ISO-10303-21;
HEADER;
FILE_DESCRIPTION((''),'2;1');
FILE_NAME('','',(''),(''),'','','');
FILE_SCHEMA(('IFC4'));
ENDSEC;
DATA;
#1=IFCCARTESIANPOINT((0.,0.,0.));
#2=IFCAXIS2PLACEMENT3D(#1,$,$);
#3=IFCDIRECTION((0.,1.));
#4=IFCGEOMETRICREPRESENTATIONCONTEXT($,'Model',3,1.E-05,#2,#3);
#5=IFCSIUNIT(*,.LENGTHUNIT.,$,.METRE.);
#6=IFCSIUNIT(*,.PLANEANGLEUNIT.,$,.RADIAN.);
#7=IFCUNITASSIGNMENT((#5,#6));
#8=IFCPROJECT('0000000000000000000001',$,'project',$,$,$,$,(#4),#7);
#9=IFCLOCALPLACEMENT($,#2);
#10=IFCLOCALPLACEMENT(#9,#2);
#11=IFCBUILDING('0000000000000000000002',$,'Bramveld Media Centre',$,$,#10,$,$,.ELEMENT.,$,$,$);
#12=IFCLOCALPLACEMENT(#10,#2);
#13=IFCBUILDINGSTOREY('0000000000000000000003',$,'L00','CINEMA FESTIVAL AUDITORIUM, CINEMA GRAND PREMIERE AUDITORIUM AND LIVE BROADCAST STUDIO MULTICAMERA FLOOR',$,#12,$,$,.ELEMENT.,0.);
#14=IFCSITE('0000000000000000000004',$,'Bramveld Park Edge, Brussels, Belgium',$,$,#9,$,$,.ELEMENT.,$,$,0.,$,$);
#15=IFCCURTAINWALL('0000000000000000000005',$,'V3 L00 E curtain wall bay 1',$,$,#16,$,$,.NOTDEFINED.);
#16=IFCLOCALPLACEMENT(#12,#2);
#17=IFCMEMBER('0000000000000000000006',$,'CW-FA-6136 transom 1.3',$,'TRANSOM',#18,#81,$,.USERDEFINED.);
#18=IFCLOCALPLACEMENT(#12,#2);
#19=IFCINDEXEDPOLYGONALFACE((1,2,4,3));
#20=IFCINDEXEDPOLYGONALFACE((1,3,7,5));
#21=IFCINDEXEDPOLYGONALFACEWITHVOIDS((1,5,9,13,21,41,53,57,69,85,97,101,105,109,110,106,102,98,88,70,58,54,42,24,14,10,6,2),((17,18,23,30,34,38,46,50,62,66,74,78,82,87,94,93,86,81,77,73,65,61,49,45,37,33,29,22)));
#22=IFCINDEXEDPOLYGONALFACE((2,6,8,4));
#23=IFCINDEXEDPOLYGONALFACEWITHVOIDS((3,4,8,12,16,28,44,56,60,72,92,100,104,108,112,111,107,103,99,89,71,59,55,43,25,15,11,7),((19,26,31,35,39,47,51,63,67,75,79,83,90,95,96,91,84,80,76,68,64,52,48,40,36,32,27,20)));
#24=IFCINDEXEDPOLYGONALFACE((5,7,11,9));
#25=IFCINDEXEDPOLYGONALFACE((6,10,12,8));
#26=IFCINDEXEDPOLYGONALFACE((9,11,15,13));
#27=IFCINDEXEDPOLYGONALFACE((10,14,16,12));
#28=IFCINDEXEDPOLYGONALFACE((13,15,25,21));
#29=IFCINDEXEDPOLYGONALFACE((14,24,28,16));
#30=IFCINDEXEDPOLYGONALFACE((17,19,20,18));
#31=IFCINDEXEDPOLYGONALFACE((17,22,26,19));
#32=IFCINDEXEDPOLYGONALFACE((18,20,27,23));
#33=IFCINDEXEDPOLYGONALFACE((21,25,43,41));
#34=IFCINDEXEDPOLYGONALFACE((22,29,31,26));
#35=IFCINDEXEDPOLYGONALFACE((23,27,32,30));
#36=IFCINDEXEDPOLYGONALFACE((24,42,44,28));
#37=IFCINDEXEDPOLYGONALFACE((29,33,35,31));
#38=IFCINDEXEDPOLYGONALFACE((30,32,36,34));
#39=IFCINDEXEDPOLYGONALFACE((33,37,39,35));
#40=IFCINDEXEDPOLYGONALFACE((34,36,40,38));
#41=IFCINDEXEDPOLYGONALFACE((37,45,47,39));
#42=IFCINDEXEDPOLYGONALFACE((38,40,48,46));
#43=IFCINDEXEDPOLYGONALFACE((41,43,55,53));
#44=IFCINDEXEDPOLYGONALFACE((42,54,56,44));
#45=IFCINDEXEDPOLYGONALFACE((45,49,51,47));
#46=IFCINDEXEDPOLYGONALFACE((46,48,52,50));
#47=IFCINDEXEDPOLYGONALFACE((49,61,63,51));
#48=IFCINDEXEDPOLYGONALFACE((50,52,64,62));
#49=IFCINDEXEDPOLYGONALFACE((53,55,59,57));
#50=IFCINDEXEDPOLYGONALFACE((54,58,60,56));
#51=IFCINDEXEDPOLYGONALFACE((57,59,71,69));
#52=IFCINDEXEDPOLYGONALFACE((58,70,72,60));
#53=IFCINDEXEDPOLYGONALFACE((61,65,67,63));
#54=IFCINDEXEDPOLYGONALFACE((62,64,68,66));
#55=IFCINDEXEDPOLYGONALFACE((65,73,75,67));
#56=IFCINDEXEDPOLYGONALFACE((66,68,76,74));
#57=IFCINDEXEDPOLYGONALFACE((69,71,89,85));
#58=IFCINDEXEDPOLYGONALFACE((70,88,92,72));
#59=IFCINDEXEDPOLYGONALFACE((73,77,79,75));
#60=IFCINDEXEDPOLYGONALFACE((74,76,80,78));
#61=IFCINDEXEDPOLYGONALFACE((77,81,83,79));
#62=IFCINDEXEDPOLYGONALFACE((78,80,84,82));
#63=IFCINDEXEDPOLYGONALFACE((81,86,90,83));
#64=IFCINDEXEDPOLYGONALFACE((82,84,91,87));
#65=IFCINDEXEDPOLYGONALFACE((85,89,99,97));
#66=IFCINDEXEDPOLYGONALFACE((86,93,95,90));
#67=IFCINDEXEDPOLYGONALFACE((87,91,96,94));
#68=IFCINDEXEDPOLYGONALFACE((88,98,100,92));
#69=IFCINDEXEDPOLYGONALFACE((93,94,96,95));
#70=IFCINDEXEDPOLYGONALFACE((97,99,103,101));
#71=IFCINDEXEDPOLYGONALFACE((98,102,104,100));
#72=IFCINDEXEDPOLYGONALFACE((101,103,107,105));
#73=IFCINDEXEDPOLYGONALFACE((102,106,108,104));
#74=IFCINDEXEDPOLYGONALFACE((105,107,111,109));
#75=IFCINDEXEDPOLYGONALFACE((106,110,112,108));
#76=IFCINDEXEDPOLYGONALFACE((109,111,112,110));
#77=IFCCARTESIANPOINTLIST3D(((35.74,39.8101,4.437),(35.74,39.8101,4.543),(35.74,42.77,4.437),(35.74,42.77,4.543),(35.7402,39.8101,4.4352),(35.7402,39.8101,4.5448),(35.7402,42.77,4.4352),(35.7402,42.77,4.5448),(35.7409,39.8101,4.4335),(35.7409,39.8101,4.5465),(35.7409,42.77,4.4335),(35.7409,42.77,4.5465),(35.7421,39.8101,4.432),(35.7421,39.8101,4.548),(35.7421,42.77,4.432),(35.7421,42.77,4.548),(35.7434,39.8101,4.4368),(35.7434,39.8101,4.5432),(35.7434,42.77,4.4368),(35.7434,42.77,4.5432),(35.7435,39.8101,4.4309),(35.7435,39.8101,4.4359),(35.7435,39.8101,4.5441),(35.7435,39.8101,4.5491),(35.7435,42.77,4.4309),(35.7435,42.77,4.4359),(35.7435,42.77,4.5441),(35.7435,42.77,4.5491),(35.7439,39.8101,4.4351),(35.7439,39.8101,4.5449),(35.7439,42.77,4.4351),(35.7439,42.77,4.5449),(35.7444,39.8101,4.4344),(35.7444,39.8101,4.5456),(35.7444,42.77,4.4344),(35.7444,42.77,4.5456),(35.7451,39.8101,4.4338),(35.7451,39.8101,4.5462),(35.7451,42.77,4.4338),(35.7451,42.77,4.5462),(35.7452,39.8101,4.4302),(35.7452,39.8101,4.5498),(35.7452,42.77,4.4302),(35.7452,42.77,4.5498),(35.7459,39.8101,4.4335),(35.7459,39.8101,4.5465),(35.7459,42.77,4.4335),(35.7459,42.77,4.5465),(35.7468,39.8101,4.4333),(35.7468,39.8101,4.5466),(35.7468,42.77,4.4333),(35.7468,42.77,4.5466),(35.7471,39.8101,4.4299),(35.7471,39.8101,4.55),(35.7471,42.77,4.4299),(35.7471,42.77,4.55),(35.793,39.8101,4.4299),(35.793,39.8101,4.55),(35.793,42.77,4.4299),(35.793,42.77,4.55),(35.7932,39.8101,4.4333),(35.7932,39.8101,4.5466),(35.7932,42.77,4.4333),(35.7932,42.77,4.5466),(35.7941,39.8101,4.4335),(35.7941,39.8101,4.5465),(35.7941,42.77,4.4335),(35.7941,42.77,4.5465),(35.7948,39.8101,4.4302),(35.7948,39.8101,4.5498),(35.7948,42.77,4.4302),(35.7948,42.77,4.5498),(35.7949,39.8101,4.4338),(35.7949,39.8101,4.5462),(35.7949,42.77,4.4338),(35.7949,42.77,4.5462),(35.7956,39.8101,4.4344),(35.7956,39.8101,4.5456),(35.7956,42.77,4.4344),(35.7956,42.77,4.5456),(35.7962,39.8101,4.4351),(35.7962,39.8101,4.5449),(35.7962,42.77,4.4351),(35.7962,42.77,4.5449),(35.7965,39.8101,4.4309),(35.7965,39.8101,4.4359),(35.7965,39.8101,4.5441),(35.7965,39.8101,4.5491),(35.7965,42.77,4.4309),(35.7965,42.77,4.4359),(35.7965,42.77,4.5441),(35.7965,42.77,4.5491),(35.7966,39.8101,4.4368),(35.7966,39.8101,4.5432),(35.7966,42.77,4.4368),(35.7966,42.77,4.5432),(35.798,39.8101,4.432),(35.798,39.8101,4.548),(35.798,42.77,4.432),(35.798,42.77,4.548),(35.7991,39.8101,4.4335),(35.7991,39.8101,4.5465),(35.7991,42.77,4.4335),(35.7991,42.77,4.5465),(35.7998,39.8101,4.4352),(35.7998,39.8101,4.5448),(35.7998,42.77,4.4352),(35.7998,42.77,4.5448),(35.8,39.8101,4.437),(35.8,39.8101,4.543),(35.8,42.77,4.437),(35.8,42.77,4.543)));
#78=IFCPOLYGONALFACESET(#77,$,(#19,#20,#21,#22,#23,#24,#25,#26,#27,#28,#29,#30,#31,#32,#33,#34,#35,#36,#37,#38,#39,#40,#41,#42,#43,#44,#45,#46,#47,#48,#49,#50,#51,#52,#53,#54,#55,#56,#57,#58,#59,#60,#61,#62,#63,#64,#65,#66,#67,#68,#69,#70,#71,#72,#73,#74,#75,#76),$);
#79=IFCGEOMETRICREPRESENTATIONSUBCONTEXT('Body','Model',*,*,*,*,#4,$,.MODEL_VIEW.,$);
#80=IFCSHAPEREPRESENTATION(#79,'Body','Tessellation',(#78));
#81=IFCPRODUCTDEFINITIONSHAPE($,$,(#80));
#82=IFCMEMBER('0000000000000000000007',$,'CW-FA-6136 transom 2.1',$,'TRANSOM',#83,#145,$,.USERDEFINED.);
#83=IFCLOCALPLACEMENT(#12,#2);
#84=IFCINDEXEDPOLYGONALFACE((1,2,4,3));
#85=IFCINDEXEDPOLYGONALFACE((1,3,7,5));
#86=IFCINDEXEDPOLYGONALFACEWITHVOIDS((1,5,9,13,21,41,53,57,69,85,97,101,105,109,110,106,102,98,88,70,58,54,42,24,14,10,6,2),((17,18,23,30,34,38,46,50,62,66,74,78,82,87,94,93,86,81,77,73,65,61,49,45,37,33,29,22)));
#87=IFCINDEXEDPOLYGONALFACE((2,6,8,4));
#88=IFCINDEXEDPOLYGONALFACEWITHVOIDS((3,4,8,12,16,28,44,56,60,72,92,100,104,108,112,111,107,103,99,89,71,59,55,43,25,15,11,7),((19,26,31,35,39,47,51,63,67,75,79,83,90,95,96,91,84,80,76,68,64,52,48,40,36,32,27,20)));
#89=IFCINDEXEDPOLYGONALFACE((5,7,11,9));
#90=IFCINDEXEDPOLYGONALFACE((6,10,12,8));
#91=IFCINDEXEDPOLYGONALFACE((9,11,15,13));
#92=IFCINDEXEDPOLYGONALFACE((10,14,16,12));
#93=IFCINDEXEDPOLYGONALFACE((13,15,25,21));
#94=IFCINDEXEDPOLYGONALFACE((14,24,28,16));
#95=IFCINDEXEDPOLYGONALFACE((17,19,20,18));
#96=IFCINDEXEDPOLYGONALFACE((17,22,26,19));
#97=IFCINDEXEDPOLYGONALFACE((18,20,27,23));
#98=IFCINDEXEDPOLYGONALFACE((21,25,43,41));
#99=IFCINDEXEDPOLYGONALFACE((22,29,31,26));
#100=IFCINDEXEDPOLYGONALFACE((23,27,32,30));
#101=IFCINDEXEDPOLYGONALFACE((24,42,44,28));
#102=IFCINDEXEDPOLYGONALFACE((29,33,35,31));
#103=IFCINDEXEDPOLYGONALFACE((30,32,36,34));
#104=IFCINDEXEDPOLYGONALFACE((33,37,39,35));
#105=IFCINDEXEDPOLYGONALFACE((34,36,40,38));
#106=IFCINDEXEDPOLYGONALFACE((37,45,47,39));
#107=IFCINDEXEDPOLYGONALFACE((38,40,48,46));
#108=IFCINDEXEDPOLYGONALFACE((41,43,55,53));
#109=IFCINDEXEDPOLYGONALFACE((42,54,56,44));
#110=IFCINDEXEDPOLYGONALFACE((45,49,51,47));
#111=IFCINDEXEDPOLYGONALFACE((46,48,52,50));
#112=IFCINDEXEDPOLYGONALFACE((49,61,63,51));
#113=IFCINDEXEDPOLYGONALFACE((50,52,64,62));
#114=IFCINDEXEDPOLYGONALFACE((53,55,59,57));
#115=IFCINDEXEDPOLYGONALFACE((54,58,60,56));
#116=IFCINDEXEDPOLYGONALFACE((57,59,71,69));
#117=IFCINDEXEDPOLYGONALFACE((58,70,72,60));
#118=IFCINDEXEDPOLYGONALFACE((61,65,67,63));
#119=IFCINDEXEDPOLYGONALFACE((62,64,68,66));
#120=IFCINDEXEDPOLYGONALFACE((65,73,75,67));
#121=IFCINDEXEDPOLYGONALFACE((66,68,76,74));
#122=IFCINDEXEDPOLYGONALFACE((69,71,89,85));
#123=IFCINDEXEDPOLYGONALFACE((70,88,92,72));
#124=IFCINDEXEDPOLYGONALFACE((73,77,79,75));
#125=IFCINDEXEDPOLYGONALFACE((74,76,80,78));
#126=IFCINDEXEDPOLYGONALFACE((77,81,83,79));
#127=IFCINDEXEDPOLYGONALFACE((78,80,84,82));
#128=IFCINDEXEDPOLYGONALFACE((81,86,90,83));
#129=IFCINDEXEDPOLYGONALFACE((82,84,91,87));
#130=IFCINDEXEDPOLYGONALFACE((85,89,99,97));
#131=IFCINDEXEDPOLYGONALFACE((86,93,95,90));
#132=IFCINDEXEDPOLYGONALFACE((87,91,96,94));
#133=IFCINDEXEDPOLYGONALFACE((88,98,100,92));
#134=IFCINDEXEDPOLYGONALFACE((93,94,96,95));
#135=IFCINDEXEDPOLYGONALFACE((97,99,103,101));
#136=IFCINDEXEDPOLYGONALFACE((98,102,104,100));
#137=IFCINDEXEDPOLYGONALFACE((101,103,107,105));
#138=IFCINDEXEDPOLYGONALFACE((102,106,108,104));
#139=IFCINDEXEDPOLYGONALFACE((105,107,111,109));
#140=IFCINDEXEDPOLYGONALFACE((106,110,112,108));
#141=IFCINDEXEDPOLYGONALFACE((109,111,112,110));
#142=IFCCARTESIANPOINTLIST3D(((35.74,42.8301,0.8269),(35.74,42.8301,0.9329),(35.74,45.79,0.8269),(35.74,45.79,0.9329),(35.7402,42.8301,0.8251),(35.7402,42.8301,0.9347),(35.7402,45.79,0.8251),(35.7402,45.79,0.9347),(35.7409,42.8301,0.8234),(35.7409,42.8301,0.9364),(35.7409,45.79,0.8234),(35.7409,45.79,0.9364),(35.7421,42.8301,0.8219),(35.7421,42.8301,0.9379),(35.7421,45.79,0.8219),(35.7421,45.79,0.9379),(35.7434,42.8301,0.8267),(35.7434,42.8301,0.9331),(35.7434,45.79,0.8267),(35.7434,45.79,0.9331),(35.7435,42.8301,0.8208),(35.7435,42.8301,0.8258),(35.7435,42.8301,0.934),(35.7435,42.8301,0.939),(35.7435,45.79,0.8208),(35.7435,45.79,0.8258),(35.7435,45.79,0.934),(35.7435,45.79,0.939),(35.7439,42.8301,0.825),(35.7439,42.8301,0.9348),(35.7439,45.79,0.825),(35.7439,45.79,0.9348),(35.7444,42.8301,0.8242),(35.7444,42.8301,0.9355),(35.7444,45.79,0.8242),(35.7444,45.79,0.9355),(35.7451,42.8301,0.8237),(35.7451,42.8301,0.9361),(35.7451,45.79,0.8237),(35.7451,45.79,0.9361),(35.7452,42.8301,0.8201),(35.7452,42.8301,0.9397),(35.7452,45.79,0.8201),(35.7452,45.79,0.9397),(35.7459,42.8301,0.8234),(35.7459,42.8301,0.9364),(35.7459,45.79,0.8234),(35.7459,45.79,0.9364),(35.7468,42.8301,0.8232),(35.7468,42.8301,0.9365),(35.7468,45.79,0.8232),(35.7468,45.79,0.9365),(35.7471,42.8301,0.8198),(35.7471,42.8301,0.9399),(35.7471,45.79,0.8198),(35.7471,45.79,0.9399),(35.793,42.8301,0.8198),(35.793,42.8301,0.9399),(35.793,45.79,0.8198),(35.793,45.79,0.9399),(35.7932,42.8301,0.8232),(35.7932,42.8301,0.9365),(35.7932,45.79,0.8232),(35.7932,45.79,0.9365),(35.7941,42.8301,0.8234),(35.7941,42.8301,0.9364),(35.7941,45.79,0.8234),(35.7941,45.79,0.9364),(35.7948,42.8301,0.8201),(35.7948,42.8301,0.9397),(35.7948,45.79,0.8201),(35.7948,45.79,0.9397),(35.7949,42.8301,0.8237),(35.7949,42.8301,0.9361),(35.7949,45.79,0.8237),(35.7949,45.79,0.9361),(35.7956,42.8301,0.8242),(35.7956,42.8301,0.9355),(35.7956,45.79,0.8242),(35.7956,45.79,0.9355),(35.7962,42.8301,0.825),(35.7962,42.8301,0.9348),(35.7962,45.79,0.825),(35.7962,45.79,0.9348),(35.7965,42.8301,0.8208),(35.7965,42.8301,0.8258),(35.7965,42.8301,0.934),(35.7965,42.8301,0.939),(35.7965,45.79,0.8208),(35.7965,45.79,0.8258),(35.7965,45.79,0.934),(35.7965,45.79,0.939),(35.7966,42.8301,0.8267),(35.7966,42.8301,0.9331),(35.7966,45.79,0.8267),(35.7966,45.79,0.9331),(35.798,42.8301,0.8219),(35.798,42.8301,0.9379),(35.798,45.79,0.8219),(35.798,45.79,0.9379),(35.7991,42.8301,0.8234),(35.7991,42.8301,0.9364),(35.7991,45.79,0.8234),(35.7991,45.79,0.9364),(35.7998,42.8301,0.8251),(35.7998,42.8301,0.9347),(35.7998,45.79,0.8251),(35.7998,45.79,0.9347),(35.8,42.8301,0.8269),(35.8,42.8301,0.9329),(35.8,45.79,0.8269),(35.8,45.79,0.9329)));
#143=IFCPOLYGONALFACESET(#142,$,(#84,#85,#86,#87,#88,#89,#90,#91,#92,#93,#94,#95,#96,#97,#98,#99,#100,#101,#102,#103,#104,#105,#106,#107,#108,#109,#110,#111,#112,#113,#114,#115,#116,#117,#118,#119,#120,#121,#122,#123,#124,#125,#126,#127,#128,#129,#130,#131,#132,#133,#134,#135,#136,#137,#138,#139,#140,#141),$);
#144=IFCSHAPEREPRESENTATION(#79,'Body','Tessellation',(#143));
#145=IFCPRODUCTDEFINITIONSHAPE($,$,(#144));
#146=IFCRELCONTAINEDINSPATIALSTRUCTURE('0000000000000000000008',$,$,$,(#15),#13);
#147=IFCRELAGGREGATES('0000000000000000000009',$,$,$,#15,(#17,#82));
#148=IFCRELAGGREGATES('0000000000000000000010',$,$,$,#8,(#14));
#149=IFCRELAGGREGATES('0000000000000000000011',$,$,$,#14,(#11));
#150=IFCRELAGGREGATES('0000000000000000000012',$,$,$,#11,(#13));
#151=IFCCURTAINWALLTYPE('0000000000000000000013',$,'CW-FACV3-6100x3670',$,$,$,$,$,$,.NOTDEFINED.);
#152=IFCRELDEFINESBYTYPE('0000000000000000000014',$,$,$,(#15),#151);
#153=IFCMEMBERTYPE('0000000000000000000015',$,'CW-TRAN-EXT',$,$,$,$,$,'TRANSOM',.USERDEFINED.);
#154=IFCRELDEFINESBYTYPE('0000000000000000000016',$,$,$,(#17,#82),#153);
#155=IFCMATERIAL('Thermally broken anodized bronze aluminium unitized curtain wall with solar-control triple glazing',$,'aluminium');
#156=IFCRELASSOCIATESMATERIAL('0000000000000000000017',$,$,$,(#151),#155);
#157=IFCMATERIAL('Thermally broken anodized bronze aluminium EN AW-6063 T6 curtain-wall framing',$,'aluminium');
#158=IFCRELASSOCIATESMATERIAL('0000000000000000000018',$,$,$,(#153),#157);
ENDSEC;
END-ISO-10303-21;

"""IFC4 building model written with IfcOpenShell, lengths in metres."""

from ifc_helpers import new_model, si_unit, direction, frame, origin, origin_2d, place, context, subcontext, project, spatial, hollow_rectangle, extrude, material, material_profile, profile_set, type_object, element, aggregate, save


model = new_model("IFC4")

# Units and contexts
model_context = context("Model", 3, precision=1e-05, world=origin(), true_north=direction((0.0, 1.0)))
body_context = subcontext(model_context, "Body", "Model", "MODEL_VIEW")
ifc_project = project(units=[si_unit("LENGTHUNIT", "METRE"), si_unit("PLANEANGLEUNIT", "RADIAN")], contexts=[model_context])

# Site, building, storey
site_placement = place(None, origin())
site = spatial("IfcSite", under=ifc_project, at=site_placement, Name="Bramveld Park Edge, Brussels, Belgium", CompositionType="ELEMENT", RefElevation=0.0)
building_placement = place(site_placement, origin())
building = spatial("IfcBuilding", under=site, at=building_placement, Name="Bramveld Media Centre", CompositionType="ELEMENT")
storey_placement = place(building_placement, origin())
storey = spatial("IfcBuildingStorey", under=building, at=storey_placement, Name="L00", Description="CINEMA FESTIVAL AUDITORIUM, CINEMA GRAND PREMIERE AUDITORIUM AND LIVE BROADCAST STUDIO MULTICAMERA FLOOR", CompositionType="ELEMENT", Elevation=0.0)

# Curtain wall
ifc_material_1 = material(Name="Thermally broken anodized bronze aluminium unitized curtain wall with solar-control triple glazing", Category="aluminium")
curtain_wall_type = type_object("IfcCurtainWallType", Name="CW-FACV3-6100x3670", PredefinedType="NOTDEFINED", material=ifc_material_1)
curtain_wall_1_placement = place(storey_placement, origin())
curtain_wall_1 = element("IfcCurtainWall", 1, at=curtain_wall_1_placement, inside=storey, type_object=curtain_wall_type, Name="V3 L00 E curtain wall bay 1", PredefinedType="NOTDEFINED")

# Members
ifc_material_2 = material(Name="Thermally broken anodized bronze aluminium EN AW-6063 T6 curtain-wall framing", Category="aluminium")
ifc_material_profile_1 = material_profile(ifc_material_2, hollow_rectangle(XDim=0.0601, YDim=0.1201, WallThickness=0.0034, InnerFilletRadius=0.0034, OuterFilletRadius=0.0071, at=origin_2d()), Name="AL-TRAN 60x120")
ifc_profile_set_1 = profile_set([ifc_material_profile_1], Name="Thermally broken anodized bronze aluminium EN AW-6063 T6 curtain-wall framing")
member_type_1 = type_object("IfcMemberType", Name="CW-TRAN-EXT", ElementType="TRANSOM", PredefinedType="USERDEFINED", material=ifc_profile_set_1)
member_1_placement = place(storey_placement, frame((35.77, 39.8101, 4.49), z_axis=(0.0, 1.0, 0.0), x_axis=(-1.0, 0.0, 0.0)))
member_1 = element("IfcMember", 2, at=member_1_placement, type_object=member_type_1, Name="CW-FA-6136 transom 1.3", ObjectType="TRANSOM", PredefinedType="USERDEFINED", context=body_context, shape_type="SweptSolid", body=[
    extrude(hollow_rectangle(XDim=0.0601, YDim=0.1201, WallThickness=0.0034, InnerFilletRadius=0.0034, OuterFilletRadius=0.0071, at=origin_2d()), origin(), (0.0, 0.0, 1.0), 2.96),
])
member_2_placement = place(storey_placement, frame((35.77, 42.8301, 0.8799), z_axis=(0.0, 1.0, 0.0), x_axis=(-1.0, 0.0, 0.0)))
member_2 = element("IfcMember", 3, at=member_2_placement, type_object=member_type_1, Name="CW-FA-6136 transom 2.1", ObjectType="TRANSOM", PredefinedType="USERDEFINED", context=body_context, shape_type="SweptSolid", body=[
    extrude(hollow_rectangle(XDim=0.0601, YDim=0.1201, WallThickness=0.0034, InnerFilletRadius=0.0034, OuterFilletRadius=0.0071, at=origin_2d()), origin(), (0.0, 0.0, 1.0), 2.96),
])

aggregate(curtain_wall_1, [member_1, member_2])

save(model, "model.ifc")
